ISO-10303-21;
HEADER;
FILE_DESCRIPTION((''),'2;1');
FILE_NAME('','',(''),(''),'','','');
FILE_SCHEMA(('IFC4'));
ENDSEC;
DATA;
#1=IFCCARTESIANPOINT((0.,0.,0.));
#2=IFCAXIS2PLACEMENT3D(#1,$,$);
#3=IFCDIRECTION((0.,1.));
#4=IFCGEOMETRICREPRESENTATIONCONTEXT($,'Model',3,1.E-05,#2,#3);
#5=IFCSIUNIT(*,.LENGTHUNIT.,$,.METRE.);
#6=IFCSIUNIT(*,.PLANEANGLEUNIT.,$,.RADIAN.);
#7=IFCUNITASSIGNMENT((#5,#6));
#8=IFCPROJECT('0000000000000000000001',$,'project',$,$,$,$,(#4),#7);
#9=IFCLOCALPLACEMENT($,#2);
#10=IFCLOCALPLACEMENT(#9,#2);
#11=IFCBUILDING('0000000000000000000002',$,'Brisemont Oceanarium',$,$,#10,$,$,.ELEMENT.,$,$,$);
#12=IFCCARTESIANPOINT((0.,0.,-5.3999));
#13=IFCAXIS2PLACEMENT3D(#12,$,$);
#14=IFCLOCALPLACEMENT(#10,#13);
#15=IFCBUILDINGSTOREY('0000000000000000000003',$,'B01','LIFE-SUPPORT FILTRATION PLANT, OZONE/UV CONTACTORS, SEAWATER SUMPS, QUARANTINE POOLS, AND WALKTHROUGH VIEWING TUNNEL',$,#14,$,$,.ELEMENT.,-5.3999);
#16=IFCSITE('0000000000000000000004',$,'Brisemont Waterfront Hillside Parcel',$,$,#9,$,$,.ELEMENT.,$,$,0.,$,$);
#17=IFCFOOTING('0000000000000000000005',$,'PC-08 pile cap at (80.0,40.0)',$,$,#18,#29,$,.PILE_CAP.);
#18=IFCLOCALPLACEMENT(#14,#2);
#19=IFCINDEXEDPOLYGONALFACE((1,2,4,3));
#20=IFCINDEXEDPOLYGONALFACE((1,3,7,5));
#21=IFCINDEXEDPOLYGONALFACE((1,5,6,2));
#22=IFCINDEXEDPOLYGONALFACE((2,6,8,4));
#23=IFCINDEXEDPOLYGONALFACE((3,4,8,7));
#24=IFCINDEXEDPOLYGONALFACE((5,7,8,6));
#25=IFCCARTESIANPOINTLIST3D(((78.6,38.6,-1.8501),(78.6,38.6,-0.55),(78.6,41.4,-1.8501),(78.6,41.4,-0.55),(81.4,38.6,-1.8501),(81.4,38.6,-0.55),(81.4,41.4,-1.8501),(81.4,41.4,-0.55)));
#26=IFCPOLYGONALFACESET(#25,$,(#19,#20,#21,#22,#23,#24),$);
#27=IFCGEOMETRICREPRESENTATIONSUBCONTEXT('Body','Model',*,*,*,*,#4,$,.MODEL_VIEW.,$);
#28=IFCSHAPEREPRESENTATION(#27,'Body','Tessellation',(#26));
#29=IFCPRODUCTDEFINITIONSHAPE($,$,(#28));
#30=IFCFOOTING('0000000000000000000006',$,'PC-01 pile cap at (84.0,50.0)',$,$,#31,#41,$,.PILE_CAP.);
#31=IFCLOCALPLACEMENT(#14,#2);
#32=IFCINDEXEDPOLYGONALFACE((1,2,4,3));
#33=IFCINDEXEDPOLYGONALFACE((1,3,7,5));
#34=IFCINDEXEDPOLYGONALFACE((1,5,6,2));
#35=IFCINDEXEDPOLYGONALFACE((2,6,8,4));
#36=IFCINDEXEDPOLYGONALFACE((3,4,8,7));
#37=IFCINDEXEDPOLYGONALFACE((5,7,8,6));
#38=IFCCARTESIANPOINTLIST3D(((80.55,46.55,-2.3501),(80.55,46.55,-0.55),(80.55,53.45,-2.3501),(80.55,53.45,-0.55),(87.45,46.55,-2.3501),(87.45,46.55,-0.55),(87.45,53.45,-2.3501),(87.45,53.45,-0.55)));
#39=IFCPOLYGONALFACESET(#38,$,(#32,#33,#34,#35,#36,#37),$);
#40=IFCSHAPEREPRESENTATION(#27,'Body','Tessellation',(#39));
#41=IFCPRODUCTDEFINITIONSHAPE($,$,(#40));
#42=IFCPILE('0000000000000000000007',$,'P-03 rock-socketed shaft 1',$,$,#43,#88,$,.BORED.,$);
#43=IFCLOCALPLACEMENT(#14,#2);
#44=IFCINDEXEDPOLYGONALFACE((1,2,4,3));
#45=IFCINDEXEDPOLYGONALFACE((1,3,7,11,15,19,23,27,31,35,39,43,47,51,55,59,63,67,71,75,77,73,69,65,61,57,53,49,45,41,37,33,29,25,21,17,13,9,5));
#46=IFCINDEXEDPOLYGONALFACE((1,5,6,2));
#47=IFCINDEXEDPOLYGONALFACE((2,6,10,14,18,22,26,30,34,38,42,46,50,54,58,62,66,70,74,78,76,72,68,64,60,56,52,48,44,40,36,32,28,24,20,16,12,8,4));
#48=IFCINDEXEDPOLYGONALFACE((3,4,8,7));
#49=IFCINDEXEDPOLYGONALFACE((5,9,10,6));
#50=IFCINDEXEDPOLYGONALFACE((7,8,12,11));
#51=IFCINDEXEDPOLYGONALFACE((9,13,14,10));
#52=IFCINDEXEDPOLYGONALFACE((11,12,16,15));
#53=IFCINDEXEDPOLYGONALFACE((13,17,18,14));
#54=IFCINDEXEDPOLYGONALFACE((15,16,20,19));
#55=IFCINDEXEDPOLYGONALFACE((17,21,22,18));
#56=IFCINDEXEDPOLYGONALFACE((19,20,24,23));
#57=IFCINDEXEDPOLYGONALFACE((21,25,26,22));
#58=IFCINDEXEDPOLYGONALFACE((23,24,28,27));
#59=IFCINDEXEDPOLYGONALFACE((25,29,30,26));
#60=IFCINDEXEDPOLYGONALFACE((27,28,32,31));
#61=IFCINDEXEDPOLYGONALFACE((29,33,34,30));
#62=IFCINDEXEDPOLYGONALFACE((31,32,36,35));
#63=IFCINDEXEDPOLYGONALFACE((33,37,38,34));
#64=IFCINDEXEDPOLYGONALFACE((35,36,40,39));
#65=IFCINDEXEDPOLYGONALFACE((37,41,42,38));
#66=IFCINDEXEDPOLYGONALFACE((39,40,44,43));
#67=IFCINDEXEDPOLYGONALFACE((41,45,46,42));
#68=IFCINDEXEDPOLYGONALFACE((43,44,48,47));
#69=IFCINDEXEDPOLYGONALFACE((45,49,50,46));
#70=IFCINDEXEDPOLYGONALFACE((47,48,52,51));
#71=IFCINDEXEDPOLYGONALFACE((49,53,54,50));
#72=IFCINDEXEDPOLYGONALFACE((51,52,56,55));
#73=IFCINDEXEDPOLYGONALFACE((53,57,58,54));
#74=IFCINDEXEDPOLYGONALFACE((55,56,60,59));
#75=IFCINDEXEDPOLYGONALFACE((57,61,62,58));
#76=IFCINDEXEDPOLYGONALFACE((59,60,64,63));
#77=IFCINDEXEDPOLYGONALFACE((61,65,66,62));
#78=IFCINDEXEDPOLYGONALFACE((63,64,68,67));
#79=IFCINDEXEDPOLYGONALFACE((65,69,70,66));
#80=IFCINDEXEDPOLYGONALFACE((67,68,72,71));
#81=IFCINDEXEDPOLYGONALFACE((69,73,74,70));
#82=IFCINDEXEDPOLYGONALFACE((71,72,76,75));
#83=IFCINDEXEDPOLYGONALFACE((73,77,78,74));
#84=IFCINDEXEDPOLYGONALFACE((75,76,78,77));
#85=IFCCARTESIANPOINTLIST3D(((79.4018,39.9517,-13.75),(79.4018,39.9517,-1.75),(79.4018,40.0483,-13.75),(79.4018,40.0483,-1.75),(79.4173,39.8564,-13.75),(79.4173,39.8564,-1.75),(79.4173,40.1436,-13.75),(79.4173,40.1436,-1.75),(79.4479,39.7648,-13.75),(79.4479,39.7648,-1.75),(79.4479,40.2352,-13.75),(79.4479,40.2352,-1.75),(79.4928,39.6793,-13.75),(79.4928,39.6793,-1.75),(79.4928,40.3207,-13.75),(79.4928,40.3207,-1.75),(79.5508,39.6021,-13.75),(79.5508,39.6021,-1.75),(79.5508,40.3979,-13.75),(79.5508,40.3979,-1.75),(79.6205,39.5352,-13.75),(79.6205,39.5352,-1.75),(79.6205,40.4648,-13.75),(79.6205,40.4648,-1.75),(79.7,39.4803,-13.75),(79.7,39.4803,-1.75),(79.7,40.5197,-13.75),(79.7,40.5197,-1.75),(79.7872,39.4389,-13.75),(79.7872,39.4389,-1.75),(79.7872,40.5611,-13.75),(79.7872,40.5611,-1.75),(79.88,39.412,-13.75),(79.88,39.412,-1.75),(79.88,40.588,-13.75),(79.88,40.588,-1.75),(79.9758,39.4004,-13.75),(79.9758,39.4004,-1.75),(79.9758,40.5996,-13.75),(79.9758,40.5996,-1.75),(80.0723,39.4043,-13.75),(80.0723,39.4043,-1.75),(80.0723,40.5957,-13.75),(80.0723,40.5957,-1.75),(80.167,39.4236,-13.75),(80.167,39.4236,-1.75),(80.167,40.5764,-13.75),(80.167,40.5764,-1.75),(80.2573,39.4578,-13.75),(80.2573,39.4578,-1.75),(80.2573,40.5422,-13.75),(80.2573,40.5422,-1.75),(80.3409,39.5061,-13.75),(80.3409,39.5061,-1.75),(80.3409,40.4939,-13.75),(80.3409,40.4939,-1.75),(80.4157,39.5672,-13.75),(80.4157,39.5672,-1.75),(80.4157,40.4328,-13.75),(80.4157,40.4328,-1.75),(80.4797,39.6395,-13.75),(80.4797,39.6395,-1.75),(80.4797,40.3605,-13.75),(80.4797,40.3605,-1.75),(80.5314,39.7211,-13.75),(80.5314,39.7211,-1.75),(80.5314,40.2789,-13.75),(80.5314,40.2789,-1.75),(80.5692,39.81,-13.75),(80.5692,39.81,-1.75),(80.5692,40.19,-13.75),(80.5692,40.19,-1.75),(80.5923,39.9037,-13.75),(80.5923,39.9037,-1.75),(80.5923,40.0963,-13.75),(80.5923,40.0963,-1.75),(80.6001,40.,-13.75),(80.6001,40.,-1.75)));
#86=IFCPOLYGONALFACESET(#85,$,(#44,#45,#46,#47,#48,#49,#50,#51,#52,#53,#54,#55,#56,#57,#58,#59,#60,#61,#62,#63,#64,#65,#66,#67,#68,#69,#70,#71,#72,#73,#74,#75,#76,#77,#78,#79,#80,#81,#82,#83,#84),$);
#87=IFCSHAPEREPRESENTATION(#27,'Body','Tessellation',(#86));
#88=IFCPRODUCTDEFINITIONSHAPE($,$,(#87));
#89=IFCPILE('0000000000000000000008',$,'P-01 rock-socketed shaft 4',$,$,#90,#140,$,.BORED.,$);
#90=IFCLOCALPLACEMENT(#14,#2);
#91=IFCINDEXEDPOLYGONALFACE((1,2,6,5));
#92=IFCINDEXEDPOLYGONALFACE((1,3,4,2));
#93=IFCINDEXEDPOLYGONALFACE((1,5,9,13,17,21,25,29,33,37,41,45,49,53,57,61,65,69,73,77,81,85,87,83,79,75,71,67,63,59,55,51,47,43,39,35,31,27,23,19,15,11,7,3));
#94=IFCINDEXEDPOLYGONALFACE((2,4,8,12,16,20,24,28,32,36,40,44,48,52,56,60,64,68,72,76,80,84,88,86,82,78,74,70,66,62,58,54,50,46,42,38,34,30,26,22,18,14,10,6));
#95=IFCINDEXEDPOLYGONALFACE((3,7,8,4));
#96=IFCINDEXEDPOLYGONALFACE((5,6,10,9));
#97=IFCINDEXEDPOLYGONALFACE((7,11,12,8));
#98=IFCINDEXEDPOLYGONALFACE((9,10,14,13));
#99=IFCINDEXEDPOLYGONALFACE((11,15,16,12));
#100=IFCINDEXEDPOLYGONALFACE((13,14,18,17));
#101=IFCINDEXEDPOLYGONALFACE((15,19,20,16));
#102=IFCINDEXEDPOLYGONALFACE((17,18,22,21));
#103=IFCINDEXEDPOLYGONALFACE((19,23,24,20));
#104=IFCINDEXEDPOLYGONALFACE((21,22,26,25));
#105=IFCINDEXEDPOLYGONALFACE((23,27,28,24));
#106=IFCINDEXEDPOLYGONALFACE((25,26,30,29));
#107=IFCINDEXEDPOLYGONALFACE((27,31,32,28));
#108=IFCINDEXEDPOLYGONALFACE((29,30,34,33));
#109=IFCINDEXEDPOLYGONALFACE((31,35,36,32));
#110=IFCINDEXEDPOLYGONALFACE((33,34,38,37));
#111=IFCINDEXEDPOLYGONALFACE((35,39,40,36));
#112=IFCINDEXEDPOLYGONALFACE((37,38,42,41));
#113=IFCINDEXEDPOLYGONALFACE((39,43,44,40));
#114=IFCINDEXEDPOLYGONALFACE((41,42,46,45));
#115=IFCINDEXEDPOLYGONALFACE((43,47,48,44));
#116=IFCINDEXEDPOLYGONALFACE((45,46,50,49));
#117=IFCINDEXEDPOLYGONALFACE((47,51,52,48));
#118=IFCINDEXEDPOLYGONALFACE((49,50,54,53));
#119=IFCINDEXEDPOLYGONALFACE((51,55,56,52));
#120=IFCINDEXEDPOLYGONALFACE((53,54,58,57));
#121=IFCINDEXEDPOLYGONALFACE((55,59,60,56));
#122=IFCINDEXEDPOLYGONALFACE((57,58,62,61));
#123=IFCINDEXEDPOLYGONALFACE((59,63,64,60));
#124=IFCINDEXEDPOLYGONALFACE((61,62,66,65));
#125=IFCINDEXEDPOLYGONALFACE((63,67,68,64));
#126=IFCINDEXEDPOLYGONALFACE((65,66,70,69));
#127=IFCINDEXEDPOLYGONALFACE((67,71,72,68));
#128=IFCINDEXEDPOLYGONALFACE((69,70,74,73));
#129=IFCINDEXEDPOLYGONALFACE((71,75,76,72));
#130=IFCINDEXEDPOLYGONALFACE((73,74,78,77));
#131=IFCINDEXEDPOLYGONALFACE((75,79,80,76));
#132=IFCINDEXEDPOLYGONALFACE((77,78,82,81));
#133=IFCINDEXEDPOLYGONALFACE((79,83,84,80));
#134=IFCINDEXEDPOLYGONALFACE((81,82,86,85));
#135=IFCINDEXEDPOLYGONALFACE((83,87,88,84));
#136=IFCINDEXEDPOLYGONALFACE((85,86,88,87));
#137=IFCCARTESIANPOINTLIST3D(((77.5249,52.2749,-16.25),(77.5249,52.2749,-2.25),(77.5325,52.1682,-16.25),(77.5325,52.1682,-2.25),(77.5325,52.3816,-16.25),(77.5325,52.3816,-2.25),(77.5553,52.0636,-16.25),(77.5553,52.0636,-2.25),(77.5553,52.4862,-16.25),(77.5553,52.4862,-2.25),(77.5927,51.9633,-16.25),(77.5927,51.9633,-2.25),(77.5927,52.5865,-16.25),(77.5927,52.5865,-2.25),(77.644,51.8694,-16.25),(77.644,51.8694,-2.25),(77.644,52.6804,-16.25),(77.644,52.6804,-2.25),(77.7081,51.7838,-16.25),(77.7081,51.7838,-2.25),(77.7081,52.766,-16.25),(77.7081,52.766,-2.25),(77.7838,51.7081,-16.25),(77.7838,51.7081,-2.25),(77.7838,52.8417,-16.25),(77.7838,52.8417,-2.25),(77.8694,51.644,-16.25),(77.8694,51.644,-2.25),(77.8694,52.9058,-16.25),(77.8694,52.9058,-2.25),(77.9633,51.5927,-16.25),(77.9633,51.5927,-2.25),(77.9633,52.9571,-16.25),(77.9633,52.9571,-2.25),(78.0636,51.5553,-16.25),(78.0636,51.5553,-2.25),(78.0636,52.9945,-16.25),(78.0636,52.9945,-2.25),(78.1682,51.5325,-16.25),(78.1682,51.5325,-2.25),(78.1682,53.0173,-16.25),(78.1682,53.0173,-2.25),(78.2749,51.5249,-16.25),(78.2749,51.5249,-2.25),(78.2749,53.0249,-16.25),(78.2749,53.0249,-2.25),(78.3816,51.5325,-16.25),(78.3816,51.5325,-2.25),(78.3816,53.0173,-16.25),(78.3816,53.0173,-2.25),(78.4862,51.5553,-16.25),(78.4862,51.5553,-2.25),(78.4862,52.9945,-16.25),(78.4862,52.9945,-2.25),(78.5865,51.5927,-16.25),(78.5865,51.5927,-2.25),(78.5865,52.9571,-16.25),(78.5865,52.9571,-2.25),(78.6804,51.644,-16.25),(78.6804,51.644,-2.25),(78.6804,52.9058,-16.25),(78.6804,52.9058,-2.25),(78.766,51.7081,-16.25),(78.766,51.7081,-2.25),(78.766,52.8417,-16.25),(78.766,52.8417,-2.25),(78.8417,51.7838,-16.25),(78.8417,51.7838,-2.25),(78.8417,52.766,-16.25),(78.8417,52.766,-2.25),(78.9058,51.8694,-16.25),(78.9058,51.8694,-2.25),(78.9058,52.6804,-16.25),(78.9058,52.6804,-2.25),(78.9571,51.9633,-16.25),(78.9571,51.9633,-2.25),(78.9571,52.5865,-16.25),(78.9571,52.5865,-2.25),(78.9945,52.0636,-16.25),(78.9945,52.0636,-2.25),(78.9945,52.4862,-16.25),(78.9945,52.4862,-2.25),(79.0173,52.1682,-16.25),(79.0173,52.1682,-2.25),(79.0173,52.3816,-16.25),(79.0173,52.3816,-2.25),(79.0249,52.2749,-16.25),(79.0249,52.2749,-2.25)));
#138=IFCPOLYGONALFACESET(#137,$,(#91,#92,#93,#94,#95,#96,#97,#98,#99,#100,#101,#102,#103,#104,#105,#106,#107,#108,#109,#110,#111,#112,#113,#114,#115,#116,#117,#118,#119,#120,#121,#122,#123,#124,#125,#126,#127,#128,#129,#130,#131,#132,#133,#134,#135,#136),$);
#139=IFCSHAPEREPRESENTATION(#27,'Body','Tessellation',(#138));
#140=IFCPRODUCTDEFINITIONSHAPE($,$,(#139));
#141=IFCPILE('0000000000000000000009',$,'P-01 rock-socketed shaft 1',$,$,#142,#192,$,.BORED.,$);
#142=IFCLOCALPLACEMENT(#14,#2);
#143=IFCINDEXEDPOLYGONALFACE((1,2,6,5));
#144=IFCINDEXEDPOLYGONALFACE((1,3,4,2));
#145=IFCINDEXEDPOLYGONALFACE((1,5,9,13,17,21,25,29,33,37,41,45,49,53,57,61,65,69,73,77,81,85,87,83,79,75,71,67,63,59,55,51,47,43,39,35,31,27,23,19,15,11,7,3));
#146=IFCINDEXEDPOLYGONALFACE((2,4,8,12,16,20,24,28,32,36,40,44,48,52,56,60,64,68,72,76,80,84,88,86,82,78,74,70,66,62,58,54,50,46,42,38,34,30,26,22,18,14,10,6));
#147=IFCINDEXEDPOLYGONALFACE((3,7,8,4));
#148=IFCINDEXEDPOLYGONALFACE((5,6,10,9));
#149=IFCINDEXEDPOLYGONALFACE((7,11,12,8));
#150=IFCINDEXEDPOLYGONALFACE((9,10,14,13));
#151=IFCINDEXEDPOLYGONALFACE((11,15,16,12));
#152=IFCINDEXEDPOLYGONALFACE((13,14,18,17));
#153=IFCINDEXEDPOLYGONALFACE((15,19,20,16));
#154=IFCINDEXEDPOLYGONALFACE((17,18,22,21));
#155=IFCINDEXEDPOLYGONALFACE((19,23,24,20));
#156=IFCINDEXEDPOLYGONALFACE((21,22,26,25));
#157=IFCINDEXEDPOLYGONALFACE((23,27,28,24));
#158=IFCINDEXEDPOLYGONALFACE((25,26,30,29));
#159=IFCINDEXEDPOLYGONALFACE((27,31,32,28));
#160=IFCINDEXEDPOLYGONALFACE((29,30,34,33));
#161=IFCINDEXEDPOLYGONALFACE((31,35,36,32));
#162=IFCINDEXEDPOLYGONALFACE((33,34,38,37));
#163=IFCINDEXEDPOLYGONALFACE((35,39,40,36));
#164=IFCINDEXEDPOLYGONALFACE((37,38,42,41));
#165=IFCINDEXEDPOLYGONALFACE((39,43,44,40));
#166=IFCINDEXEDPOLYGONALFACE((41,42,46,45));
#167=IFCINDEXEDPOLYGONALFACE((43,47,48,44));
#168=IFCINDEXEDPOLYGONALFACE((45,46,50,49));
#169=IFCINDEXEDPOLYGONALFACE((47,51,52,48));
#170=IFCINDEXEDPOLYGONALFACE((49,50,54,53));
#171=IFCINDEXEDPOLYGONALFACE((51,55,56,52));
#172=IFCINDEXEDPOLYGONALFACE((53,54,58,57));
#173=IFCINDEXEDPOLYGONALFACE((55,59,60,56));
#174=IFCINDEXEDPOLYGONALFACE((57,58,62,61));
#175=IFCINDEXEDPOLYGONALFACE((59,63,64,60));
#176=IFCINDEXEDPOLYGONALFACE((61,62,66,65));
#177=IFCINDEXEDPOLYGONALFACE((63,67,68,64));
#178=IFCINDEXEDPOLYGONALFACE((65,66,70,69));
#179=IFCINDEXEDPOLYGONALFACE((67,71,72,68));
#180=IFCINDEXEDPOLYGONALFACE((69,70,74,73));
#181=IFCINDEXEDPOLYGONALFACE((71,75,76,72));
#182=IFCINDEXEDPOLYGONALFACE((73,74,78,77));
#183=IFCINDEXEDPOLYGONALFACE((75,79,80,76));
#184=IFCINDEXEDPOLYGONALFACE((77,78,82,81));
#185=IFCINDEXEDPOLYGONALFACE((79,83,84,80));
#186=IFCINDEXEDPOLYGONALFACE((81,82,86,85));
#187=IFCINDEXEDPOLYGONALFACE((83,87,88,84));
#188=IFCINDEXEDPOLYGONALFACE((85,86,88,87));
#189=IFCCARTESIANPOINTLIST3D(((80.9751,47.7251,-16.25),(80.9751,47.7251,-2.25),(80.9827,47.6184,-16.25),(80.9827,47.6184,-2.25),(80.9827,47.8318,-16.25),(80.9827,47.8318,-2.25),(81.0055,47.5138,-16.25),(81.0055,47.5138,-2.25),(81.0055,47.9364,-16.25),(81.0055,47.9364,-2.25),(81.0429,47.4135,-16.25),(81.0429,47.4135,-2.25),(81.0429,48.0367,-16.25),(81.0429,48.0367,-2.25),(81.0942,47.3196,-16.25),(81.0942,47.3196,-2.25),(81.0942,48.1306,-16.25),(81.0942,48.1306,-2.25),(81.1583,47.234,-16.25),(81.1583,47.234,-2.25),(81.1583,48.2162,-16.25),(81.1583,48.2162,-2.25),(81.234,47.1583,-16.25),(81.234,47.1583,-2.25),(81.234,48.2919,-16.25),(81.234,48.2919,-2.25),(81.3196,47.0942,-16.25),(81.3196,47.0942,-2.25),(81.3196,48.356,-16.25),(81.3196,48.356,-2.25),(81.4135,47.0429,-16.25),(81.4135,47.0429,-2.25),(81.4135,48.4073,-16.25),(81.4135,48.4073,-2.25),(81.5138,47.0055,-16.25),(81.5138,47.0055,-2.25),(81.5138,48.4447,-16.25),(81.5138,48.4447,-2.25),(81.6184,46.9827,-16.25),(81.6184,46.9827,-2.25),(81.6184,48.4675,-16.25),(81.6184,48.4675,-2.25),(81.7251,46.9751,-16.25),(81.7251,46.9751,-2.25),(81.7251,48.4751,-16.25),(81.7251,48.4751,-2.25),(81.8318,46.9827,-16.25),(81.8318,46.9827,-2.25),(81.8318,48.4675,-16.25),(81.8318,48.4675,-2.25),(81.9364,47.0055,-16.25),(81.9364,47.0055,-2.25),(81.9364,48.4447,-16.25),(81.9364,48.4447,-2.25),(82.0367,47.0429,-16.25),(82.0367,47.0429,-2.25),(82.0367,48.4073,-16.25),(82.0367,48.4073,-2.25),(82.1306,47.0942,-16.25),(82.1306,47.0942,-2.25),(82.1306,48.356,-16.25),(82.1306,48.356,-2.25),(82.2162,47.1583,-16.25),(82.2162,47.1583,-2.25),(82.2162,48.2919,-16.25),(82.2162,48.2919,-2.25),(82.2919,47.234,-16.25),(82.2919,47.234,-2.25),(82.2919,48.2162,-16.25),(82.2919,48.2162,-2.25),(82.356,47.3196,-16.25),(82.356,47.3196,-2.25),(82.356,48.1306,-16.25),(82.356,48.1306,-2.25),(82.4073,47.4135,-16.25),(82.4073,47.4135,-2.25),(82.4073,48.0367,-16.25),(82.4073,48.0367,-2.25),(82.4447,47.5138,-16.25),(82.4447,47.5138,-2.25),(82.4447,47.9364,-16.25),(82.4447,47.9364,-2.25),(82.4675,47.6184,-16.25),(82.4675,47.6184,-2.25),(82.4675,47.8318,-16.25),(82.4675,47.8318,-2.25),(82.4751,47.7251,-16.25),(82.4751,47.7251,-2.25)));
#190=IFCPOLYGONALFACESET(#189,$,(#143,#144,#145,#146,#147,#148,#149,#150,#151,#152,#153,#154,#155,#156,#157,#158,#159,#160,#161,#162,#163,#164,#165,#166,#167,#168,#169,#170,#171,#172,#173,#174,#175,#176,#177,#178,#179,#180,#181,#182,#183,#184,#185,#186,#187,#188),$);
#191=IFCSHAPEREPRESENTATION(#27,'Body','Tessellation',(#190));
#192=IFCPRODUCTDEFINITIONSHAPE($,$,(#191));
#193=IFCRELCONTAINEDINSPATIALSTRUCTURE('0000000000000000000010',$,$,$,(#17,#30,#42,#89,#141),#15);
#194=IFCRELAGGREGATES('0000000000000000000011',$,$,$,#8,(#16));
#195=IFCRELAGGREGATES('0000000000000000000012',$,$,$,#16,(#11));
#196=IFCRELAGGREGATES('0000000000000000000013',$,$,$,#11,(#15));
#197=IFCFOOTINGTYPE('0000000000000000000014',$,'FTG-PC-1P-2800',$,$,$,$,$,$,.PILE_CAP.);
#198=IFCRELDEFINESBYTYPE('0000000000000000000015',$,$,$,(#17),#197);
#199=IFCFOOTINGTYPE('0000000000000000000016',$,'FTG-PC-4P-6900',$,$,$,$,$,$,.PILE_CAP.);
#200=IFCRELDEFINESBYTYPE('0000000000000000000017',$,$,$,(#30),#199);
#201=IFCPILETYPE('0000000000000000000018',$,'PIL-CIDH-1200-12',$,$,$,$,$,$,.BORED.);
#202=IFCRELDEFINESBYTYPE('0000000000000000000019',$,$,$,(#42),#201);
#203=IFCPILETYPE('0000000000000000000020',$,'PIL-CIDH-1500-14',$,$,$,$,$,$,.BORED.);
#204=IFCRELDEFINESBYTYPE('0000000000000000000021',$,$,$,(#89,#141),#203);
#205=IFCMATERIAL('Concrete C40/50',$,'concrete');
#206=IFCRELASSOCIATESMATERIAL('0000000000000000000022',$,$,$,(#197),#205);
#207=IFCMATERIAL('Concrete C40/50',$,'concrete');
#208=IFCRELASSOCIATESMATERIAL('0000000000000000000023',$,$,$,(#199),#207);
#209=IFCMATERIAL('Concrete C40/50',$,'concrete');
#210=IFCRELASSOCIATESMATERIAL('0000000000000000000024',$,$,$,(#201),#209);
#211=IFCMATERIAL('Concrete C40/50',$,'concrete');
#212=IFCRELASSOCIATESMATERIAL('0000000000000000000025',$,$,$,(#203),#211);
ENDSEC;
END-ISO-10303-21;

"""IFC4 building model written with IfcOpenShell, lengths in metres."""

from ifc_helpers import new_model, si_unit, direction, frame, origin, origin_2d, place, context, subcontext, project, spatial, rectangle, circle, extrude, material, material_profile, profile_set, type_object, element, save


model = new_model("IFC4")

# Units and contexts
model_context = context("Model", 3, precision=1e-05, world=origin(), true_north=direction((0.0, 1.0)))
body_context = subcontext(model_context, "Body", "Model", "MODEL_VIEW")
ifc_project = project(units=[si_unit("LENGTHUNIT", "METRE"), si_unit("PLANEANGLEUNIT", "RADIAN")], contexts=[model_context])

# Site, building, storey
site_placement = place(None, origin())
site = spatial("IfcSite", under=ifc_project, at=site_placement, Name="Brisemont Waterfront Hillside Parcel", CompositionType="ELEMENT", RefElevation=0.0)
building_placement = place(site_placement, origin())
building = spatial("IfcBuilding", under=site, at=building_placement, Name="Brisemont Oceanarium", CompositionType="ELEMENT")
storey_placement = place(building_placement, frame((0.0, 0.0, -5.3999)))
storey = spatial("IfcBuildingStorey", under=building, at=storey_placement, Name="B01", Description="LIFE-SUPPORT FILTRATION PLANT, OZONE/UV CONTACTORS, SEAWATER SUMPS, QUARANTINE POOLS, AND WALKTHROUGH VIEWING TUNNEL", CompositionType="ELEMENT", Elevation=-5.3999)

# Footings
ifc_material_1 = material(Name="Concrete C40/50", Category="concrete")
footing_type_1 = type_object("IfcFootingType", Name="FTG-PC-1P-2800", PredefinedType="PILE_CAP", material=ifc_material_1)
footing_1_placement = place(storey_placement, frame((80.0, 40.0, -1.8501), z_axis=(0.0, 0.0, 1.0), x_axis=(1.0, 0.0, 0.0)))
element("IfcFooting", 1, at=footing_1_placement, inside=storey, type_object=footing_type_1, Name="PC-08 pile cap at (80.0,40.0)", PredefinedType="PILE_CAP", context=body_context, shape_type="SweptSolid", body=[
    extrude(rectangle(XDim=2.8, YDim=2.8, at=origin_2d()), origin(), (0.0, 0.0, 1.0), 1.3),
])
ifc_material_2 = material(Name="Concrete C40/50", Category="concrete")
footing_type_2 = type_object("IfcFootingType", Name="FTG-PC-4P-6900", PredefinedType="PILE_CAP", material=ifc_material_2)
footing_2_placement = place(storey_placement, frame((84.0, 50.0, -2.3501), z_axis=(0.0, 0.0, 1.0), x_axis=(1.0, 0.0, 0.0)))
element("IfcFooting", 2, at=footing_2_placement, inside=storey, type_object=footing_type_2, Name="PC-01 pile cap at (84.0,50.0)", PredefinedType="PILE_CAP", context=body_context, shape_type="SweptSolid", body=[
    extrude(rectangle(XDim=6.8999, YDim=6.8999, at=origin_2d()), origin(), (0.0, 0.0, 1.0), 1.8),
])

# Piles
ifc_material_3 = material(Name="Concrete C40/50", Category="concrete")
ifc_material_profile_1 = material_profile(ifc_material_3, circle(Radius=0.6001, at=origin_2d()), Name="CIDH-D1200")
ifc_profile_set_1 = profile_set([ifc_material_profile_1], Name="Concrete C40/50")
pile_type_1 = type_object("IfcPileType", Name="PIL-CIDH-1200-12", PredefinedType="BORED", material=ifc_profile_set_1)
pile_placement = place(storey_placement, frame((80.0, 40.0, -1.75), z_axis=(0.0, 0.0, -1.0), x_axis=(1.0, 0.0, 0.0)))
element("IfcPile", 3, at=pile_placement, inside=storey, type_object=pile_type_1, Name="P-03 rock-socketed shaft 1", PredefinedType="BORED", context=body_context, shape_type="SweptSolid", body=[
    extrude(circle(Radius=0.6001, at=origin_2d()), origin(), (0.0, 0.0, 1.0), 12.0),
])
ifc_material_4 = material(Name="Concrete C40/50", Category="concrete")
ifc_material_profile_2 = material_profile(ifc_material_4, circle(Radius=0.75, at=origin_2d()), Name="CIDH-D1500")
ifc_profile_set_2 = profile_set([ifc_material_profile_2], Name="Concrete C40/50")
pile_type_2 = type_object("IfcPileType", Name="PIL-CIDH-1500-14", PredefinedType="BORED", material=ifc_profile_set_2)
for number, where, z_axis, x_axis, name in (
    (4, (78.2749, 52.2749, -2.25), (0.0, 0.0, -1.0), (1.0, 0.0, 0.0), "P-01 rock-socketed shaft 4"),
    (5, (81.7251, 47.7251, -2.25), (0.0, 0.0, -1.0), (1.0, 0.0, 0.0), "P-01 rock-socketed shaft 1"),
):
    element("IfcPile", number, at=place(storey_placement, frame(where, z_axis=z_axis, x_axis=x_axis)), inside=storey, type_object=pile_type_2, Name=name, PredefinedType="BORED", context=body_context, shape_type="SweptSolid", body=[
        extrude(circle(Radius=0.75, at=origin_2d()), origin(), (0.0, 0.0, 1.0), 14.0),
    ])

save(model, "model.ifc")
